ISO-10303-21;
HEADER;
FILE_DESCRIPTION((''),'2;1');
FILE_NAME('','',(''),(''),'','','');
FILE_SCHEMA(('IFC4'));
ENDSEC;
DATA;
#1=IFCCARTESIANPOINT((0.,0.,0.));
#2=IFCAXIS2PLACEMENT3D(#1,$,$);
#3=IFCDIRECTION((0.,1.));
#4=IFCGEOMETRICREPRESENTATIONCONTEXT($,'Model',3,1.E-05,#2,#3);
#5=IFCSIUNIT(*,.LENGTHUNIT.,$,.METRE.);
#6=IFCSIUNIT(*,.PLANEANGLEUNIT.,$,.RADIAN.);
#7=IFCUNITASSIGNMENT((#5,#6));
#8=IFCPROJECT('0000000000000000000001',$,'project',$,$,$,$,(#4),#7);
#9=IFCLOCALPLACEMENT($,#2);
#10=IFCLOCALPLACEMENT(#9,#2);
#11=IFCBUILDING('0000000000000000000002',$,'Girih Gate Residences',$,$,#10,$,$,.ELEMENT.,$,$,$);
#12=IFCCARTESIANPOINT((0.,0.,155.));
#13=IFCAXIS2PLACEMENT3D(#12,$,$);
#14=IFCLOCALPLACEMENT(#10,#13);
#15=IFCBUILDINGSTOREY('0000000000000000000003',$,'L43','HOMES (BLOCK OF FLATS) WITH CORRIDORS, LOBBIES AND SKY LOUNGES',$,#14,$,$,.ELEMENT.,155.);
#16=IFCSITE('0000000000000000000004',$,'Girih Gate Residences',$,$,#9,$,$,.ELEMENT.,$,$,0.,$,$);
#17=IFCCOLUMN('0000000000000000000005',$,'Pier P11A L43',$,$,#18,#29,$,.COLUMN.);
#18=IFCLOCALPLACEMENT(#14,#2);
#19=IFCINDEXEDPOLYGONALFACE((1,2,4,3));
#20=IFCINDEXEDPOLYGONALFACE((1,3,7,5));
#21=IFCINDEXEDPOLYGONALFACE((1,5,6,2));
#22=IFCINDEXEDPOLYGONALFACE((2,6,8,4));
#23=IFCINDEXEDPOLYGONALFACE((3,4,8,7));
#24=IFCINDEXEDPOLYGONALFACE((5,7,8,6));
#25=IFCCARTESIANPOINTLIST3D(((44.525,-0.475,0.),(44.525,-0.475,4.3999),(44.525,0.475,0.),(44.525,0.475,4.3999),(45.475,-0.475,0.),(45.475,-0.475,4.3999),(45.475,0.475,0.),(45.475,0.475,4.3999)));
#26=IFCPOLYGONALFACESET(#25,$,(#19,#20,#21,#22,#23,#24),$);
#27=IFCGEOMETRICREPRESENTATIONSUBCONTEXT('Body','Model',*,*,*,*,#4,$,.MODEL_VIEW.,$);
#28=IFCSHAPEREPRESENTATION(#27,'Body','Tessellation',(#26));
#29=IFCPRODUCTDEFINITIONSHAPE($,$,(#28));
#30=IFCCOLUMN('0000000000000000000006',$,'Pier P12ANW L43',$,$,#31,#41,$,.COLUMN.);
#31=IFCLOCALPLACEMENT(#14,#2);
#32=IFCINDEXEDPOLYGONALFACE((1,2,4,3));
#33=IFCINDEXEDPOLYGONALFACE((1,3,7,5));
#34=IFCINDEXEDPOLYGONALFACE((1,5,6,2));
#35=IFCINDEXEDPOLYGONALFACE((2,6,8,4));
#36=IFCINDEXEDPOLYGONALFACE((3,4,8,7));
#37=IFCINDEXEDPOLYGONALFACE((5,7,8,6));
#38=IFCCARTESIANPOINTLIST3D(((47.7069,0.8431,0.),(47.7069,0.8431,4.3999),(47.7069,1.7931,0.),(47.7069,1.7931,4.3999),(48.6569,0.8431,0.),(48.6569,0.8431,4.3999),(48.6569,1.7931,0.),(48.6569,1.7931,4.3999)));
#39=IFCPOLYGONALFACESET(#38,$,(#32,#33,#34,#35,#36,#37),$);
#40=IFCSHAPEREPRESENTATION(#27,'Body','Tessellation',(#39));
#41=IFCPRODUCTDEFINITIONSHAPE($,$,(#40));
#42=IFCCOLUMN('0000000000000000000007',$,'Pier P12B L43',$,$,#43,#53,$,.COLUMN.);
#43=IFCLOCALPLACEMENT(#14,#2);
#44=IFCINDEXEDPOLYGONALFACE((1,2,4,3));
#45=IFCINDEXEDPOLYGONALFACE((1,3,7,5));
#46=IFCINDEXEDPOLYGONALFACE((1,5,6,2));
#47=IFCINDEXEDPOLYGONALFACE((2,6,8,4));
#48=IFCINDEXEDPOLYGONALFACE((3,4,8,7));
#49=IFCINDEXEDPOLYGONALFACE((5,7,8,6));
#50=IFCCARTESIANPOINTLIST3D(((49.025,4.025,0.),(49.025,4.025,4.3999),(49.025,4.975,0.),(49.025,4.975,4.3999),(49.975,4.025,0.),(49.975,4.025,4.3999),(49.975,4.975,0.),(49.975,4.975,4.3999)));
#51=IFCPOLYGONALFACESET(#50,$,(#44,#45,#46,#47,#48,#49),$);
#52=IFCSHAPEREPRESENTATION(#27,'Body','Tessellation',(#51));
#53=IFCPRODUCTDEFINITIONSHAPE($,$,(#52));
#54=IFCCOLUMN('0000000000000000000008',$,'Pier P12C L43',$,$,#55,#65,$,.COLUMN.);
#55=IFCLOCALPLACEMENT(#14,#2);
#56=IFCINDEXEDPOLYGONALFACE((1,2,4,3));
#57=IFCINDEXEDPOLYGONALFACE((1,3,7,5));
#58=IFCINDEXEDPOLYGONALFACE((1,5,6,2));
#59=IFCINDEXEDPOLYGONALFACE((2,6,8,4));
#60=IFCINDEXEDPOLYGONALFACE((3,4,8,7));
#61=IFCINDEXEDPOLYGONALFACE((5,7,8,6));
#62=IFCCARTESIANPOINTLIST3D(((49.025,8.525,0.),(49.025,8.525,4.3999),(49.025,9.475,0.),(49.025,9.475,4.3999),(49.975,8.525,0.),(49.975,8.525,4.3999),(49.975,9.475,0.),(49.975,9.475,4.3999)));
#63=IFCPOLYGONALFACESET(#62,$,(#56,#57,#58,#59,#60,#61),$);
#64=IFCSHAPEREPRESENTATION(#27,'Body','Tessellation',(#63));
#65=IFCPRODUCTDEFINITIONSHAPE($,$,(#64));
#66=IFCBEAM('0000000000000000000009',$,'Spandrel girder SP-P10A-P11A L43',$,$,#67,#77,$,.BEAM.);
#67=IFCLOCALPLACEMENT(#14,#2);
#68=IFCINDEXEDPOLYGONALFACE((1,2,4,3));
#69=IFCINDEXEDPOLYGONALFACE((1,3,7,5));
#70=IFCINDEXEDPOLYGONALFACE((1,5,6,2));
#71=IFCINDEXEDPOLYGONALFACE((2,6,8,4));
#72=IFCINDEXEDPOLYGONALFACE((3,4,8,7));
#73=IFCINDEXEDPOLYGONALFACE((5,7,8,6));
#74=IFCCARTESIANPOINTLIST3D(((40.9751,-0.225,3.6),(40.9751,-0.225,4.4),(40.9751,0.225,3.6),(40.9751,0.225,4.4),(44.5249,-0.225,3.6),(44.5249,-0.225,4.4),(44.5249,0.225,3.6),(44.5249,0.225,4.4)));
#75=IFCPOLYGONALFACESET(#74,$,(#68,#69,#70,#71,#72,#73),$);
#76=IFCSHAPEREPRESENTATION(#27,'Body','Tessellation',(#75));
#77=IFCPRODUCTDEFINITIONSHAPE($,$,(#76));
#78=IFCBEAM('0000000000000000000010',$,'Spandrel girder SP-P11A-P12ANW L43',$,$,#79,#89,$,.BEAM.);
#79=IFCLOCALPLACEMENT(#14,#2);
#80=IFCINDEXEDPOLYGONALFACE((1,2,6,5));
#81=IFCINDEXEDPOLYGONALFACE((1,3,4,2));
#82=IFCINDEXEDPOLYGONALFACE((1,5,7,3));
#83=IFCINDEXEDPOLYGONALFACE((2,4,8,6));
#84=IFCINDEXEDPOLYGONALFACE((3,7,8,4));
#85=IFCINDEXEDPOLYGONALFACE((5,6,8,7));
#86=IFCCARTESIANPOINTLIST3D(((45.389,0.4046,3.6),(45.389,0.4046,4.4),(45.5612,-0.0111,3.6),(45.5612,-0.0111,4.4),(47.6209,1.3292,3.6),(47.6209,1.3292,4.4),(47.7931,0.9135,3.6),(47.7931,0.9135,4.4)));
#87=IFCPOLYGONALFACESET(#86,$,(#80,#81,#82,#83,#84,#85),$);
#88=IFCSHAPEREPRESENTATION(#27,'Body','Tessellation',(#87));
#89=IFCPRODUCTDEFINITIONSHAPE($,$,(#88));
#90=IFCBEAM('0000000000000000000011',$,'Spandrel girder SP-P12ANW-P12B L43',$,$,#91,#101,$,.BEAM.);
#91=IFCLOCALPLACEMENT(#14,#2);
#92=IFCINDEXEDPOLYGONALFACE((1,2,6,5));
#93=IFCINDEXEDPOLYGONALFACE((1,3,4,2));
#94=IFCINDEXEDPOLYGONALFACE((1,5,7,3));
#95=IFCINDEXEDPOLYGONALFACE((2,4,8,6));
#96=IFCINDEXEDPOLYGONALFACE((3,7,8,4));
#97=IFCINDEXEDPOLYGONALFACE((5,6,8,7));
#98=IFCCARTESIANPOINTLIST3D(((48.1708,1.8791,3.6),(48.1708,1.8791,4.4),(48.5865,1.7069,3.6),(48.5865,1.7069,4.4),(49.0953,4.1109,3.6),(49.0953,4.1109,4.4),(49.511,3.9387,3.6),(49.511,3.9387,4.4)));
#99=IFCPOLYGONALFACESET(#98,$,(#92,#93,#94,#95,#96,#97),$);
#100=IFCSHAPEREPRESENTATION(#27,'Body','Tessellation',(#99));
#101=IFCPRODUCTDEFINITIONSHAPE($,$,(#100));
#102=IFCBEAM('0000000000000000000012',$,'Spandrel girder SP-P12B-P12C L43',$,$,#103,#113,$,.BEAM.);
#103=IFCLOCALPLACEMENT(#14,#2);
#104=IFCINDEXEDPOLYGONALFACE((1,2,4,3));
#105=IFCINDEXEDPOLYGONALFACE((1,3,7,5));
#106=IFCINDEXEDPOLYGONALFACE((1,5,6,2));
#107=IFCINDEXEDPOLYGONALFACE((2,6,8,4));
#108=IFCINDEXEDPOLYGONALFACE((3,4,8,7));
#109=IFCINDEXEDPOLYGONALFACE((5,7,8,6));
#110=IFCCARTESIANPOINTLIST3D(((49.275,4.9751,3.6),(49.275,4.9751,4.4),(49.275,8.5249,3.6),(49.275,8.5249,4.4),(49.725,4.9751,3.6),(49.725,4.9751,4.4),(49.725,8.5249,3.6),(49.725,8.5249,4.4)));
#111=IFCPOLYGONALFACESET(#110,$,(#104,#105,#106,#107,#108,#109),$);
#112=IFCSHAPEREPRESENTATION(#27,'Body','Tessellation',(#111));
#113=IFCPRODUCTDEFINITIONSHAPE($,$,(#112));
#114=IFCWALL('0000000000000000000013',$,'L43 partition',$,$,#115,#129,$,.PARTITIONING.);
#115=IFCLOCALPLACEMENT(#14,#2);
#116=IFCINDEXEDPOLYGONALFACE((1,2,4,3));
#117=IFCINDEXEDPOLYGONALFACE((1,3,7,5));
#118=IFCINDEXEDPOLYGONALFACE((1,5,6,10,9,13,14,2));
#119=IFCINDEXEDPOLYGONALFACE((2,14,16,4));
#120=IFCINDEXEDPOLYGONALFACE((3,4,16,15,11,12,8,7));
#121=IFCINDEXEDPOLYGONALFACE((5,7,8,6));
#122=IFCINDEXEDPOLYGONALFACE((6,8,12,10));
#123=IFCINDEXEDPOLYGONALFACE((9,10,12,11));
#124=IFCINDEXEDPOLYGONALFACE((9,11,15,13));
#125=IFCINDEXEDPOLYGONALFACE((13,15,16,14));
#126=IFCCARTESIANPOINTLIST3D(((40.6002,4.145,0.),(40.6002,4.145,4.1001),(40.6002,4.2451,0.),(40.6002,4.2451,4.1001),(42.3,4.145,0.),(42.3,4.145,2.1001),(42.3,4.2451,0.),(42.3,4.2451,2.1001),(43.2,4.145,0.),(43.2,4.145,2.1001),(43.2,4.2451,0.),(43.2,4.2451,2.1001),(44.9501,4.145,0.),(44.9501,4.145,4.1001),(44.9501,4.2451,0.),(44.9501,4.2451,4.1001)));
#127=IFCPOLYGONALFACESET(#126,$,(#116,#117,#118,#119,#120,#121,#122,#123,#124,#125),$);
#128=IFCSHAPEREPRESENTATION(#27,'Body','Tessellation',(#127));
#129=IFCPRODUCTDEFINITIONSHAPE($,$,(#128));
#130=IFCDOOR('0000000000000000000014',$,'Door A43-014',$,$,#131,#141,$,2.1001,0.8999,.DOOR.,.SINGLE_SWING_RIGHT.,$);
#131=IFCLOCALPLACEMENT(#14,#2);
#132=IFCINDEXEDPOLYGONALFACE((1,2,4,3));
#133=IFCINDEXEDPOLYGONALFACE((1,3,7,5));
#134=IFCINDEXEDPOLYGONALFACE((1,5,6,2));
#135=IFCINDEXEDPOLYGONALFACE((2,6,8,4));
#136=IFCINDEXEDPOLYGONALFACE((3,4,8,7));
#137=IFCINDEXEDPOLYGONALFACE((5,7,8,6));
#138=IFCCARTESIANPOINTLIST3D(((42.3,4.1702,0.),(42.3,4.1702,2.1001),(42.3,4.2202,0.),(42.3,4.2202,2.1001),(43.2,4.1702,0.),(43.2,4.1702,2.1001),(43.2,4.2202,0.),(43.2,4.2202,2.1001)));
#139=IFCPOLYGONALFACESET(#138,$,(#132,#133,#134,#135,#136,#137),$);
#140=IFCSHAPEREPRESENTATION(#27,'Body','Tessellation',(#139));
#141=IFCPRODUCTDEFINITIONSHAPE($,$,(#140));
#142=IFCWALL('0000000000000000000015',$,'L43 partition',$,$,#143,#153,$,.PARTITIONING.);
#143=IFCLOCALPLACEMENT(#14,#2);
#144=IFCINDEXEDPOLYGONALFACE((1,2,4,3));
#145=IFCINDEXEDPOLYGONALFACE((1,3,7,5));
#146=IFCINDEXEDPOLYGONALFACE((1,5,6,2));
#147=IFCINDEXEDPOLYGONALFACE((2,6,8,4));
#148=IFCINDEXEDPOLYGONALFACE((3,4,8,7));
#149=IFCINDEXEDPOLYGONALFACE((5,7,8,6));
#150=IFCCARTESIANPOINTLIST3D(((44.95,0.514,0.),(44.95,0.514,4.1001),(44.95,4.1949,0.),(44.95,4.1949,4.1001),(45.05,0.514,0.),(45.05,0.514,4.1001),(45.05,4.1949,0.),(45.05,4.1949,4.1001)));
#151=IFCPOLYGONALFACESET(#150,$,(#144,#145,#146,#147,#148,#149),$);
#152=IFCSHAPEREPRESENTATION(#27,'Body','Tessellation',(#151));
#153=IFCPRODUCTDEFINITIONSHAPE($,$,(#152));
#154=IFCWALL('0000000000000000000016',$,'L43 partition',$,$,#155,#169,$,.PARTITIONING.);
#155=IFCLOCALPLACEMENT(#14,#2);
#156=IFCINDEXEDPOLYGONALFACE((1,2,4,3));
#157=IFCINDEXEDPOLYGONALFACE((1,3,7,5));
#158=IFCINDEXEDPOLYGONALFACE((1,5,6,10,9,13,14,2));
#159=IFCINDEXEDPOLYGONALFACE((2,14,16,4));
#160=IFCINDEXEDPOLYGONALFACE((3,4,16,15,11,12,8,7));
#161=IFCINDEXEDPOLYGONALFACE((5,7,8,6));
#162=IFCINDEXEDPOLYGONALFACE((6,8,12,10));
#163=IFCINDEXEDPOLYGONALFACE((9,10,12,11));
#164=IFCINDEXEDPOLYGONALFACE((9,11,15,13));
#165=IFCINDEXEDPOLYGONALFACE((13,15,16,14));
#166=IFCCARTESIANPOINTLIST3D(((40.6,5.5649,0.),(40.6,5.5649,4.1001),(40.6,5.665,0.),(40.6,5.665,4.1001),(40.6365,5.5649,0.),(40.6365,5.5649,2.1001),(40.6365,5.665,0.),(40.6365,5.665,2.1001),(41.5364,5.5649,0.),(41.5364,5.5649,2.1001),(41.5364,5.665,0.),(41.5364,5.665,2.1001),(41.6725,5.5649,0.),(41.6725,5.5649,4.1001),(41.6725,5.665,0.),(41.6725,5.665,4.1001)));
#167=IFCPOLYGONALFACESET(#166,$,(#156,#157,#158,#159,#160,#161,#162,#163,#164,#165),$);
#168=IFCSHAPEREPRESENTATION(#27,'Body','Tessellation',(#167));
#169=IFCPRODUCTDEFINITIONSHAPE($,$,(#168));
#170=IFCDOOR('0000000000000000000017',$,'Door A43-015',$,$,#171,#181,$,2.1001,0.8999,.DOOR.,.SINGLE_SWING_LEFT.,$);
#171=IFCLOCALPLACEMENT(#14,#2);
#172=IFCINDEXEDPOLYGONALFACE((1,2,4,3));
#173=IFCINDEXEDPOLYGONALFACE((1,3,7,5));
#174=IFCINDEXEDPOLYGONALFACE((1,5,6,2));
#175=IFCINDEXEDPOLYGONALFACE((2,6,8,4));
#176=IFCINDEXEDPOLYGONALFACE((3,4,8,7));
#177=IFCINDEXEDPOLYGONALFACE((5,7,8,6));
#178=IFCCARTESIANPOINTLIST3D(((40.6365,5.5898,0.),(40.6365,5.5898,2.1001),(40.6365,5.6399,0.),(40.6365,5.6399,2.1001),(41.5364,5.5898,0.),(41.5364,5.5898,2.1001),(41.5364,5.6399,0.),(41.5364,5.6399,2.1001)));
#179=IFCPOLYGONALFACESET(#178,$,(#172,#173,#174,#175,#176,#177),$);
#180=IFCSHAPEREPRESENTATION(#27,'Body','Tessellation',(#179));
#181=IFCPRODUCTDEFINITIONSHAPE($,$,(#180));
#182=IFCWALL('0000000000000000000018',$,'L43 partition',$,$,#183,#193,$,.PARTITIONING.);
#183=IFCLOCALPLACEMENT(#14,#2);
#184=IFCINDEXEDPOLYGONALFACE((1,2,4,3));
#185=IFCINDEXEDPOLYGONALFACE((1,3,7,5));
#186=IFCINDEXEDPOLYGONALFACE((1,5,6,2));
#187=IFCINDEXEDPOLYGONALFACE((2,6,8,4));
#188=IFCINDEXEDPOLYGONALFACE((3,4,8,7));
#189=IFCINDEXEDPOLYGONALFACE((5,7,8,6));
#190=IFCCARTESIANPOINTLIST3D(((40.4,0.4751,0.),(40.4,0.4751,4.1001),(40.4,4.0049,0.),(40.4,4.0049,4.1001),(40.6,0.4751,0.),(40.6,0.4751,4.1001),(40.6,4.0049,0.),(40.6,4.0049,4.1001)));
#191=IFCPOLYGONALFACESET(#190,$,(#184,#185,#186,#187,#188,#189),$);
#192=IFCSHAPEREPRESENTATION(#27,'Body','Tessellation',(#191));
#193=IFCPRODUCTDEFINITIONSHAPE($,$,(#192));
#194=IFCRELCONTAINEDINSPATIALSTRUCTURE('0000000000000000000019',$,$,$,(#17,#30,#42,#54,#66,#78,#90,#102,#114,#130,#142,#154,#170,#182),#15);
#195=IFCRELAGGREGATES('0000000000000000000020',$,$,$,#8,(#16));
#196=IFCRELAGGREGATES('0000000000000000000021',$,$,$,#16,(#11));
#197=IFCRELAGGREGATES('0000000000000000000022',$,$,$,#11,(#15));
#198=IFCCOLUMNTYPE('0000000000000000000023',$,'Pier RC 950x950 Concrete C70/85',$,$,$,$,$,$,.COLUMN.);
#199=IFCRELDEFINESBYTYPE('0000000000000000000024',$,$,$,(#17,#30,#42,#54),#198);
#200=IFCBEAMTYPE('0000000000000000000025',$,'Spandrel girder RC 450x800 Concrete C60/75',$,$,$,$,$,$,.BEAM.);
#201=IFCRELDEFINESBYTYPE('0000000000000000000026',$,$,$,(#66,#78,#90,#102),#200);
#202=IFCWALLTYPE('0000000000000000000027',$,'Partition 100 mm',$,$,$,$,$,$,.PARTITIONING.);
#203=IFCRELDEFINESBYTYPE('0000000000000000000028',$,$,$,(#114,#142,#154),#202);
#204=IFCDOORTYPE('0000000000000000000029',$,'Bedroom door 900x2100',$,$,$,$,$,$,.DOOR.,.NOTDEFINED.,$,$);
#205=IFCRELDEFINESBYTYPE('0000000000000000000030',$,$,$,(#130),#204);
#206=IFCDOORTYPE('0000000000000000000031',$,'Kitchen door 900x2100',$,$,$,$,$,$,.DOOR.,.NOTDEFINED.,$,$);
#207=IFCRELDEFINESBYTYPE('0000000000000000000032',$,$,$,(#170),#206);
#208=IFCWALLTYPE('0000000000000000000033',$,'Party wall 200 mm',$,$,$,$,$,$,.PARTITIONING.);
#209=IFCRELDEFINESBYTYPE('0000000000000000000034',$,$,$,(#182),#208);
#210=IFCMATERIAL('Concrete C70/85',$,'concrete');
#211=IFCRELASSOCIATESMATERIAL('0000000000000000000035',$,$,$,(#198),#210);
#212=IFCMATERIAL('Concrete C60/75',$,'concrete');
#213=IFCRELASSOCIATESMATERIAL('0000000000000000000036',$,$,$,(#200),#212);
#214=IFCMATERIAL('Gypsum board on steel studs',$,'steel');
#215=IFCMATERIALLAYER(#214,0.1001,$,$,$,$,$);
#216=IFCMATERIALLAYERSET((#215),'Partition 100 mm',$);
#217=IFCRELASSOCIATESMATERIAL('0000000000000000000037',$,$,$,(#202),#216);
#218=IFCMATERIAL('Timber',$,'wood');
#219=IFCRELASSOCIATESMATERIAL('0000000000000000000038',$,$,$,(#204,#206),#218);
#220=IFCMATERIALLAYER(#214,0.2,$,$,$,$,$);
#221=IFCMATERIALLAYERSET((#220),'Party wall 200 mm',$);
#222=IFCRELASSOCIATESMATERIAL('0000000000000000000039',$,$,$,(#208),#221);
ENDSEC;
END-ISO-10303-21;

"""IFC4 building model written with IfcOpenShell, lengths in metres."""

from ifc_helpers import new_model, si_unit, direction, frame, frame_2d, origin, origin_2d, place, context, subcontext, project, spatial, rectangle, extrude, material, layer, layer_set, material_profile, profile_set, type_object, element, fill, save


model = new_model("IFC4")

# Units and contexts
model_context = context("Model", 3, precision=1e-05, world=origin(), true_north=direction((0.0, 1.0)))
body_context = subcontext(model_context, "Body", "Model", "MODEL_VIEW")
ifc_project = project(units=[si_unit("LENGTHUNIT", "METRE"), si_unit("PLANEANGLEUNIT", "RADIAN")], contexts=[model_context])

# Site, building, storey
site_placement = place(None, origin())
site = spatial("IfcSite", under=ifc_project, at=site_placement, Name="Girih Gate Residences", CompositionType="ELEMENT", RefElevation=0.0)
building_placement = place(site_placement, origin())
building = spatial("IfcBuilding", under=site, at=building_placement, Name="Girih Gate Residences", CompositionType="ELEMENT")
storey_placement = place(building_placement, frame((0.0, 0.0, 155.0)))
storey = spatial("IfcBuildingStorey", under=building, at=storey_placement, Name="L43", Description="HOMES (BLOCK OF FLATS) WITH CORRIDORS, LOBBIES AND SKY LOUNGES", CompositionType="ELEMENT", Elevation=155.0)

# Columns
ifc_material_1 = material(Name="Concrete C70/85", Category="concrete")
ifc_material_profile_1 = material_profile(ifc_material_1, rectangle(XDim=0.95, YDim=0.95, at=origin_2d()))
ifc_profile_set_1 = profile_set([ifc_material_profile_1], Name="Concrete C70/85")
column_type = type_object("IfcColumnType", Name="Pier RC 950x950 Concrete C70/85", PredefinedType="COLUMN", material=ifc_profile_set_1)
for number, where, z_axis, x_axis, name in (
    (1, (45.0, 0.0, 0.0), (0.0, 0.0, 1.0), (1.0, 0.0, 0.0), "Pier P11A L43"),
    (2, (48.1819, 1.3181, 0.0), (0.0, 0.0, 1.0), (1.0, 0.0, 0.0), "Pier P12ANW L43"),
    (3, (49.5, 4.5, 0.0), (0.0, 0.0, 1.0), (1.0, 0.0, 0.0), "Pier P12B L43"),
    (4, (49.5, 9.0, 0.0), (0.0, 0.0, 1.0), (1.0, 0.0, 0.0), "Pier P12C L43"),
):
    element("IfcColumn", number, at=place(storey_placement, frame(where, z_axis=z_axis, x_axis=x_axis)), inside=storey, type_object=column_type, Name=name, PredefinedType="COLUMN", context=body_context, shape_type="SweptSolid", body=[
        extrude(rectangle(XDim=0.95, YDim=0.95, at=origin_2d()), origin(), (0.0, 0.0, 1.0), 4.3999),
    ])

# Beams
ifc_material_2 = material(Name="Concrete C60/75", Category="concrete")
ifc_material_profile_2 = material_profile(ifc_material_2, rectangle(XDim=0.45, YDim=0.8, at=origin_2d()))
ifc_profile_set_2 = profile_set([ifc_material_profile_2], Name="Concrete C60/75")
beam_type = type_object("IfcBeamType", Name="Spandrel girder RC 450x800 Concrete C60/75", PredefinedType="BEAM", material=ifc_profile_set_2)
beam_1_placement = place(storey_placement, frame((40.9751, 0.0, 4.0), z_axis=(1.0, 0.0, 0.0), x_axis=(0.0, 1.0, 0.0)))
element("IfcBeam", 5, at=beam_1_placement, inside=storey, type_object=beam_type, Name="Spandrel girder SP-P10A-P11A L43", PredefinedType="BEAM", context=body_context, shape_type="SweptSolid", body=[
    extrude(rectangle(XDim=0.45, YDim=0.8, at=origin_2d()), origin(), (0.0, 0.0, 1.0), 3.5498),
])
for number, where, z_axis, x_axis, name in (
    (6, (45.4751, 0.1968, 4.0), (0.92387, 0.382706, 0.0), (-0.382706, 0.92387, 0.0), "Spandrel girder SP-P11A-P12ANW L43"),
    (7, (48.3787, 1.793, 4.0), (0.382706, 0.92387, 0.0), (-0.92387, 0.382706, 0.0), "Spandrel girder SP-P12ANW-P12B L43"),
):
    element("IfcBeam", number, at=place(storey_placement, frame(where, z_axis=z_axis, x_axis=x_axis)), inside=storey, type_object=beam_type, Name=name, PredefinedType="BEAM", context=body_context, shape_type="SweptSolid", body=[
        extrude(rectangle(XDim=0.45, YDim=0.8, at=origin_2d()), origin(), (0.0, 0.0, 1.0), 2.4158),
    ])
beam_2_placement = place(storey_placement, frame((49.5, 4.9751, 4.0), z_axis=(0.0, 1.0, 0.0), x_axis=(-1.0, 0.0, 0.0)))
element("IfcBeam", 8, at=beam_2_placement, inside=storey, type_object=beam_type, Name="Spandrel girder SP-P12B-P12C L43", PredefinedType="BEAM", context=body_context, shape_type="SweptSolid", body=[
    extrude(rectangle(XDim=0.45, YDim=0.8, at=origin_2d()), origin(), (0.0, 0.0, 1.0), 3.5498),
])

# Wall, opening, door
ifc_material_3 = material(Name="Gypsum board on steel studs", Category="steel")
ifc_layer_1 = layer(ifc_material_3, 0.1001)
ifc_layer_set_1 = layer_set([ifc_layer_1], Name="Partition 100 mm")
wall_type_1 = type_object("IfcWallType", Name="Partition 100 mm", PredefinedType="PARTITIONING", material=ifc_layer_set_1)
wall_1_placement = place(storey_placement, frame((44.95, 4.1951, 0.0), z_axis=(0.0, 0.0, 1.0), x_axis=(-1.0, 0.0, 0.0)))
wall_1 = element("IfcWall", 9, at=wall_1_placement, inside=storey, type_object=wall_type_1, Name="L43 partition", PredefinedType="PARTITIONING", context=body_context, shape_type="SweptSolid", body=[
    extrude(rectangle(XDim=4.3499, YDim=0.1001, at=frame_2d((2.1748, 0.0))), origin(), (0.0, 0.0, 1.0), 4.1001),
])
opening_1_placement = place(wall_1_placement, frame((1.75, 0.0, 0.0)))
opening_1 = element("IfcOpeningElement", 10, at=opening_1_placement, cuts=wall_1, PredefinedType="OPENING", context=body_context, shape_type="SweptSolid", body=[
    extrude(rectangle(XDim=0.8999, YDim=2.1001, at=frame_2d((0.45, 1.05))), frame((0.0, 0.0601, 0.0), z_axis=(0.0, -1.0, 0.0), x_axis=(1.0, 0.0, 0.0)), (0.0, 0.0, 1.0), 0.1201),
])
ifc_material_4 = material(Name="Timber", Category="wood")
door_type_1 = type_object("IfcDoorType", Name="Bedroom door 900x2100", OperationType="NOTDEFINED", PredefinedType="DOOR", material=ifc_material_4)
door_1_placement = place(opening_1_placement, origin())
door_1 = element("IfcDoor", 11, at=door_1_placement, inside=storey, type_object=door_type_1, Name="Door A43-014", OperationType="SINGLE_SWING_RIGHT", OverallHeight=2.1001, OverallWidth=0.8999, PredefinedType="DOOR", context=body_context, shape_type="SweptSolid", body=[
    extrude(rectangle(XDim=0.8999, YDim=2.1001, at=frame_2d((0.45, 1.05))), frame((0.0, 0.0249, 0.0), z_axis=(0.0, -1.0, 0.0), x_axis=(1.0, 0.0, 0.0)), (0.0, 0.0, 1.0), 0.05),
])
fill(opening_1, door_1)

# Wall
wall_2_placement = place(storey_placement, frame((45.0, 0.5142, 0.0), z_axis=(0.0, 0.0, 1.0), x_axis=(0.0, 1.0, 0.0)))
element("IfcWall", 12, at=wall_2_placement, inside=storey, type_object=wall_type_1, Name="L43 partition", PredefinedType="PARTITIONING", context=body_context, shape_type="SweptSolid", body=[
    extrude(rectangle(XDim=3.6809, YDim=0.1001, at=frame_2d((1.8403, 0.0))), origin(), (0.0, 0.0, 1.0), 4.1001),
])

# Wall, opening, door
wall_3_placement = place(storey_placement, frame((40.6001, 5.615, 0.0), z_axis=(0.0, 0.0, 1.0), x_axis=(1.0, 0.0, 0.0)))
wall_3 = element("IfcWall", 13, at=wall_3_placement, inside=storey, type_object=wall_type_1, Name="L43 partition", PredefinedType="PARTITIONING", context=body_context, shape_type="SweptSolid", body=[
    extrude(rectangle(XDim=1.0725, YDim=0.1001, at=frame_2d((0.5361, 0.0))), origin(), (0.0, 0.0, 1.0), 4.1001),
])
opening_2_placement = place(wall_3_placement, frame((0.0364, 0.0, 0.0)))
opening_2 = element("IfcOpeningElement", 14, at=opening_2_placement, cuts=wall_3, PredefinedType="OPENING", context=body_context, shape_type="SweptSolid", body=[
    extrude(rectangle(XDim=0.8999, YDim=2.1001, at=frame_2d((0.45, 1.05))), frame((0.0, 0.0601, 0.0), z_axis=(0.0, -1.0, 0.0), x_axis=(1.0, 0.0, 0.0)), (0.0, 0.0, 1.0), 0.1201),
])
door_type_2 = type_object("IfcDoorType", Name="Kitchen door 900x2100", OperationType="NOTDEFINED", PredefinedType="DOOR", material=ifc_material_4)
door_2_placement = place(opening_2_placement, origin())
door_2 = element("IfcDoor", 15, at=door_2_placement, inside=storey, type_object=door_type_2, Name="Door A43-015", OperationType="SINGLE_SWING_LEFT", OverallHeight=2.1001, OverallWidth=0.8999, PredefinedType="DOOR", context=body_context, shape_type="SweptSolid", body=[
    extrude(rectangle(XDim=0.8999, YDim=2.1001, at=frame_2d((0.45, 1.05))), frame((0.0, 0.0249, 0.0), z_axis=(0.0, -1.0, 0.0), x_axis=(1.0, 0.0, 0.0)), (0.0, 0.0, 1.0), 0.05),
])
fill(opening_2, door_2)

# Wall
ifc_layer_2 = layer(ifc_material_3, 0.2)
ifc_layer_set_2 = layer_set([ifc_layer_2], Name="Party wall 200 mm")
wall_type_2 = type_object("IfcWallType", Name="Party wall 200 mm", PredefinedType="PARTITIONING", material=ifc_layer_set_2)
wall_4_placement = place(storey_placement, frame((40.5, 0.4751, 0.0), z_axis=(0.0, 0.0, 1.0), x_axis=(0.0, 1.0, 0.0)))
element("IfcWall", 16, at=wall_4_placement, inside=storey, type_object=wall_type_2, Name="L43 partition", PredefinedType="PARTITIONING", context=body_context, shape_type="SweptSolid", body=[
    extrude(rectangle(XDim=3.5298, YDim=0.2, at=frame_2d((1.7649, 0.0))), origin(), (0.0, 0.0, 1.0), 4.1001),
])

save(model, "model.ifc")
